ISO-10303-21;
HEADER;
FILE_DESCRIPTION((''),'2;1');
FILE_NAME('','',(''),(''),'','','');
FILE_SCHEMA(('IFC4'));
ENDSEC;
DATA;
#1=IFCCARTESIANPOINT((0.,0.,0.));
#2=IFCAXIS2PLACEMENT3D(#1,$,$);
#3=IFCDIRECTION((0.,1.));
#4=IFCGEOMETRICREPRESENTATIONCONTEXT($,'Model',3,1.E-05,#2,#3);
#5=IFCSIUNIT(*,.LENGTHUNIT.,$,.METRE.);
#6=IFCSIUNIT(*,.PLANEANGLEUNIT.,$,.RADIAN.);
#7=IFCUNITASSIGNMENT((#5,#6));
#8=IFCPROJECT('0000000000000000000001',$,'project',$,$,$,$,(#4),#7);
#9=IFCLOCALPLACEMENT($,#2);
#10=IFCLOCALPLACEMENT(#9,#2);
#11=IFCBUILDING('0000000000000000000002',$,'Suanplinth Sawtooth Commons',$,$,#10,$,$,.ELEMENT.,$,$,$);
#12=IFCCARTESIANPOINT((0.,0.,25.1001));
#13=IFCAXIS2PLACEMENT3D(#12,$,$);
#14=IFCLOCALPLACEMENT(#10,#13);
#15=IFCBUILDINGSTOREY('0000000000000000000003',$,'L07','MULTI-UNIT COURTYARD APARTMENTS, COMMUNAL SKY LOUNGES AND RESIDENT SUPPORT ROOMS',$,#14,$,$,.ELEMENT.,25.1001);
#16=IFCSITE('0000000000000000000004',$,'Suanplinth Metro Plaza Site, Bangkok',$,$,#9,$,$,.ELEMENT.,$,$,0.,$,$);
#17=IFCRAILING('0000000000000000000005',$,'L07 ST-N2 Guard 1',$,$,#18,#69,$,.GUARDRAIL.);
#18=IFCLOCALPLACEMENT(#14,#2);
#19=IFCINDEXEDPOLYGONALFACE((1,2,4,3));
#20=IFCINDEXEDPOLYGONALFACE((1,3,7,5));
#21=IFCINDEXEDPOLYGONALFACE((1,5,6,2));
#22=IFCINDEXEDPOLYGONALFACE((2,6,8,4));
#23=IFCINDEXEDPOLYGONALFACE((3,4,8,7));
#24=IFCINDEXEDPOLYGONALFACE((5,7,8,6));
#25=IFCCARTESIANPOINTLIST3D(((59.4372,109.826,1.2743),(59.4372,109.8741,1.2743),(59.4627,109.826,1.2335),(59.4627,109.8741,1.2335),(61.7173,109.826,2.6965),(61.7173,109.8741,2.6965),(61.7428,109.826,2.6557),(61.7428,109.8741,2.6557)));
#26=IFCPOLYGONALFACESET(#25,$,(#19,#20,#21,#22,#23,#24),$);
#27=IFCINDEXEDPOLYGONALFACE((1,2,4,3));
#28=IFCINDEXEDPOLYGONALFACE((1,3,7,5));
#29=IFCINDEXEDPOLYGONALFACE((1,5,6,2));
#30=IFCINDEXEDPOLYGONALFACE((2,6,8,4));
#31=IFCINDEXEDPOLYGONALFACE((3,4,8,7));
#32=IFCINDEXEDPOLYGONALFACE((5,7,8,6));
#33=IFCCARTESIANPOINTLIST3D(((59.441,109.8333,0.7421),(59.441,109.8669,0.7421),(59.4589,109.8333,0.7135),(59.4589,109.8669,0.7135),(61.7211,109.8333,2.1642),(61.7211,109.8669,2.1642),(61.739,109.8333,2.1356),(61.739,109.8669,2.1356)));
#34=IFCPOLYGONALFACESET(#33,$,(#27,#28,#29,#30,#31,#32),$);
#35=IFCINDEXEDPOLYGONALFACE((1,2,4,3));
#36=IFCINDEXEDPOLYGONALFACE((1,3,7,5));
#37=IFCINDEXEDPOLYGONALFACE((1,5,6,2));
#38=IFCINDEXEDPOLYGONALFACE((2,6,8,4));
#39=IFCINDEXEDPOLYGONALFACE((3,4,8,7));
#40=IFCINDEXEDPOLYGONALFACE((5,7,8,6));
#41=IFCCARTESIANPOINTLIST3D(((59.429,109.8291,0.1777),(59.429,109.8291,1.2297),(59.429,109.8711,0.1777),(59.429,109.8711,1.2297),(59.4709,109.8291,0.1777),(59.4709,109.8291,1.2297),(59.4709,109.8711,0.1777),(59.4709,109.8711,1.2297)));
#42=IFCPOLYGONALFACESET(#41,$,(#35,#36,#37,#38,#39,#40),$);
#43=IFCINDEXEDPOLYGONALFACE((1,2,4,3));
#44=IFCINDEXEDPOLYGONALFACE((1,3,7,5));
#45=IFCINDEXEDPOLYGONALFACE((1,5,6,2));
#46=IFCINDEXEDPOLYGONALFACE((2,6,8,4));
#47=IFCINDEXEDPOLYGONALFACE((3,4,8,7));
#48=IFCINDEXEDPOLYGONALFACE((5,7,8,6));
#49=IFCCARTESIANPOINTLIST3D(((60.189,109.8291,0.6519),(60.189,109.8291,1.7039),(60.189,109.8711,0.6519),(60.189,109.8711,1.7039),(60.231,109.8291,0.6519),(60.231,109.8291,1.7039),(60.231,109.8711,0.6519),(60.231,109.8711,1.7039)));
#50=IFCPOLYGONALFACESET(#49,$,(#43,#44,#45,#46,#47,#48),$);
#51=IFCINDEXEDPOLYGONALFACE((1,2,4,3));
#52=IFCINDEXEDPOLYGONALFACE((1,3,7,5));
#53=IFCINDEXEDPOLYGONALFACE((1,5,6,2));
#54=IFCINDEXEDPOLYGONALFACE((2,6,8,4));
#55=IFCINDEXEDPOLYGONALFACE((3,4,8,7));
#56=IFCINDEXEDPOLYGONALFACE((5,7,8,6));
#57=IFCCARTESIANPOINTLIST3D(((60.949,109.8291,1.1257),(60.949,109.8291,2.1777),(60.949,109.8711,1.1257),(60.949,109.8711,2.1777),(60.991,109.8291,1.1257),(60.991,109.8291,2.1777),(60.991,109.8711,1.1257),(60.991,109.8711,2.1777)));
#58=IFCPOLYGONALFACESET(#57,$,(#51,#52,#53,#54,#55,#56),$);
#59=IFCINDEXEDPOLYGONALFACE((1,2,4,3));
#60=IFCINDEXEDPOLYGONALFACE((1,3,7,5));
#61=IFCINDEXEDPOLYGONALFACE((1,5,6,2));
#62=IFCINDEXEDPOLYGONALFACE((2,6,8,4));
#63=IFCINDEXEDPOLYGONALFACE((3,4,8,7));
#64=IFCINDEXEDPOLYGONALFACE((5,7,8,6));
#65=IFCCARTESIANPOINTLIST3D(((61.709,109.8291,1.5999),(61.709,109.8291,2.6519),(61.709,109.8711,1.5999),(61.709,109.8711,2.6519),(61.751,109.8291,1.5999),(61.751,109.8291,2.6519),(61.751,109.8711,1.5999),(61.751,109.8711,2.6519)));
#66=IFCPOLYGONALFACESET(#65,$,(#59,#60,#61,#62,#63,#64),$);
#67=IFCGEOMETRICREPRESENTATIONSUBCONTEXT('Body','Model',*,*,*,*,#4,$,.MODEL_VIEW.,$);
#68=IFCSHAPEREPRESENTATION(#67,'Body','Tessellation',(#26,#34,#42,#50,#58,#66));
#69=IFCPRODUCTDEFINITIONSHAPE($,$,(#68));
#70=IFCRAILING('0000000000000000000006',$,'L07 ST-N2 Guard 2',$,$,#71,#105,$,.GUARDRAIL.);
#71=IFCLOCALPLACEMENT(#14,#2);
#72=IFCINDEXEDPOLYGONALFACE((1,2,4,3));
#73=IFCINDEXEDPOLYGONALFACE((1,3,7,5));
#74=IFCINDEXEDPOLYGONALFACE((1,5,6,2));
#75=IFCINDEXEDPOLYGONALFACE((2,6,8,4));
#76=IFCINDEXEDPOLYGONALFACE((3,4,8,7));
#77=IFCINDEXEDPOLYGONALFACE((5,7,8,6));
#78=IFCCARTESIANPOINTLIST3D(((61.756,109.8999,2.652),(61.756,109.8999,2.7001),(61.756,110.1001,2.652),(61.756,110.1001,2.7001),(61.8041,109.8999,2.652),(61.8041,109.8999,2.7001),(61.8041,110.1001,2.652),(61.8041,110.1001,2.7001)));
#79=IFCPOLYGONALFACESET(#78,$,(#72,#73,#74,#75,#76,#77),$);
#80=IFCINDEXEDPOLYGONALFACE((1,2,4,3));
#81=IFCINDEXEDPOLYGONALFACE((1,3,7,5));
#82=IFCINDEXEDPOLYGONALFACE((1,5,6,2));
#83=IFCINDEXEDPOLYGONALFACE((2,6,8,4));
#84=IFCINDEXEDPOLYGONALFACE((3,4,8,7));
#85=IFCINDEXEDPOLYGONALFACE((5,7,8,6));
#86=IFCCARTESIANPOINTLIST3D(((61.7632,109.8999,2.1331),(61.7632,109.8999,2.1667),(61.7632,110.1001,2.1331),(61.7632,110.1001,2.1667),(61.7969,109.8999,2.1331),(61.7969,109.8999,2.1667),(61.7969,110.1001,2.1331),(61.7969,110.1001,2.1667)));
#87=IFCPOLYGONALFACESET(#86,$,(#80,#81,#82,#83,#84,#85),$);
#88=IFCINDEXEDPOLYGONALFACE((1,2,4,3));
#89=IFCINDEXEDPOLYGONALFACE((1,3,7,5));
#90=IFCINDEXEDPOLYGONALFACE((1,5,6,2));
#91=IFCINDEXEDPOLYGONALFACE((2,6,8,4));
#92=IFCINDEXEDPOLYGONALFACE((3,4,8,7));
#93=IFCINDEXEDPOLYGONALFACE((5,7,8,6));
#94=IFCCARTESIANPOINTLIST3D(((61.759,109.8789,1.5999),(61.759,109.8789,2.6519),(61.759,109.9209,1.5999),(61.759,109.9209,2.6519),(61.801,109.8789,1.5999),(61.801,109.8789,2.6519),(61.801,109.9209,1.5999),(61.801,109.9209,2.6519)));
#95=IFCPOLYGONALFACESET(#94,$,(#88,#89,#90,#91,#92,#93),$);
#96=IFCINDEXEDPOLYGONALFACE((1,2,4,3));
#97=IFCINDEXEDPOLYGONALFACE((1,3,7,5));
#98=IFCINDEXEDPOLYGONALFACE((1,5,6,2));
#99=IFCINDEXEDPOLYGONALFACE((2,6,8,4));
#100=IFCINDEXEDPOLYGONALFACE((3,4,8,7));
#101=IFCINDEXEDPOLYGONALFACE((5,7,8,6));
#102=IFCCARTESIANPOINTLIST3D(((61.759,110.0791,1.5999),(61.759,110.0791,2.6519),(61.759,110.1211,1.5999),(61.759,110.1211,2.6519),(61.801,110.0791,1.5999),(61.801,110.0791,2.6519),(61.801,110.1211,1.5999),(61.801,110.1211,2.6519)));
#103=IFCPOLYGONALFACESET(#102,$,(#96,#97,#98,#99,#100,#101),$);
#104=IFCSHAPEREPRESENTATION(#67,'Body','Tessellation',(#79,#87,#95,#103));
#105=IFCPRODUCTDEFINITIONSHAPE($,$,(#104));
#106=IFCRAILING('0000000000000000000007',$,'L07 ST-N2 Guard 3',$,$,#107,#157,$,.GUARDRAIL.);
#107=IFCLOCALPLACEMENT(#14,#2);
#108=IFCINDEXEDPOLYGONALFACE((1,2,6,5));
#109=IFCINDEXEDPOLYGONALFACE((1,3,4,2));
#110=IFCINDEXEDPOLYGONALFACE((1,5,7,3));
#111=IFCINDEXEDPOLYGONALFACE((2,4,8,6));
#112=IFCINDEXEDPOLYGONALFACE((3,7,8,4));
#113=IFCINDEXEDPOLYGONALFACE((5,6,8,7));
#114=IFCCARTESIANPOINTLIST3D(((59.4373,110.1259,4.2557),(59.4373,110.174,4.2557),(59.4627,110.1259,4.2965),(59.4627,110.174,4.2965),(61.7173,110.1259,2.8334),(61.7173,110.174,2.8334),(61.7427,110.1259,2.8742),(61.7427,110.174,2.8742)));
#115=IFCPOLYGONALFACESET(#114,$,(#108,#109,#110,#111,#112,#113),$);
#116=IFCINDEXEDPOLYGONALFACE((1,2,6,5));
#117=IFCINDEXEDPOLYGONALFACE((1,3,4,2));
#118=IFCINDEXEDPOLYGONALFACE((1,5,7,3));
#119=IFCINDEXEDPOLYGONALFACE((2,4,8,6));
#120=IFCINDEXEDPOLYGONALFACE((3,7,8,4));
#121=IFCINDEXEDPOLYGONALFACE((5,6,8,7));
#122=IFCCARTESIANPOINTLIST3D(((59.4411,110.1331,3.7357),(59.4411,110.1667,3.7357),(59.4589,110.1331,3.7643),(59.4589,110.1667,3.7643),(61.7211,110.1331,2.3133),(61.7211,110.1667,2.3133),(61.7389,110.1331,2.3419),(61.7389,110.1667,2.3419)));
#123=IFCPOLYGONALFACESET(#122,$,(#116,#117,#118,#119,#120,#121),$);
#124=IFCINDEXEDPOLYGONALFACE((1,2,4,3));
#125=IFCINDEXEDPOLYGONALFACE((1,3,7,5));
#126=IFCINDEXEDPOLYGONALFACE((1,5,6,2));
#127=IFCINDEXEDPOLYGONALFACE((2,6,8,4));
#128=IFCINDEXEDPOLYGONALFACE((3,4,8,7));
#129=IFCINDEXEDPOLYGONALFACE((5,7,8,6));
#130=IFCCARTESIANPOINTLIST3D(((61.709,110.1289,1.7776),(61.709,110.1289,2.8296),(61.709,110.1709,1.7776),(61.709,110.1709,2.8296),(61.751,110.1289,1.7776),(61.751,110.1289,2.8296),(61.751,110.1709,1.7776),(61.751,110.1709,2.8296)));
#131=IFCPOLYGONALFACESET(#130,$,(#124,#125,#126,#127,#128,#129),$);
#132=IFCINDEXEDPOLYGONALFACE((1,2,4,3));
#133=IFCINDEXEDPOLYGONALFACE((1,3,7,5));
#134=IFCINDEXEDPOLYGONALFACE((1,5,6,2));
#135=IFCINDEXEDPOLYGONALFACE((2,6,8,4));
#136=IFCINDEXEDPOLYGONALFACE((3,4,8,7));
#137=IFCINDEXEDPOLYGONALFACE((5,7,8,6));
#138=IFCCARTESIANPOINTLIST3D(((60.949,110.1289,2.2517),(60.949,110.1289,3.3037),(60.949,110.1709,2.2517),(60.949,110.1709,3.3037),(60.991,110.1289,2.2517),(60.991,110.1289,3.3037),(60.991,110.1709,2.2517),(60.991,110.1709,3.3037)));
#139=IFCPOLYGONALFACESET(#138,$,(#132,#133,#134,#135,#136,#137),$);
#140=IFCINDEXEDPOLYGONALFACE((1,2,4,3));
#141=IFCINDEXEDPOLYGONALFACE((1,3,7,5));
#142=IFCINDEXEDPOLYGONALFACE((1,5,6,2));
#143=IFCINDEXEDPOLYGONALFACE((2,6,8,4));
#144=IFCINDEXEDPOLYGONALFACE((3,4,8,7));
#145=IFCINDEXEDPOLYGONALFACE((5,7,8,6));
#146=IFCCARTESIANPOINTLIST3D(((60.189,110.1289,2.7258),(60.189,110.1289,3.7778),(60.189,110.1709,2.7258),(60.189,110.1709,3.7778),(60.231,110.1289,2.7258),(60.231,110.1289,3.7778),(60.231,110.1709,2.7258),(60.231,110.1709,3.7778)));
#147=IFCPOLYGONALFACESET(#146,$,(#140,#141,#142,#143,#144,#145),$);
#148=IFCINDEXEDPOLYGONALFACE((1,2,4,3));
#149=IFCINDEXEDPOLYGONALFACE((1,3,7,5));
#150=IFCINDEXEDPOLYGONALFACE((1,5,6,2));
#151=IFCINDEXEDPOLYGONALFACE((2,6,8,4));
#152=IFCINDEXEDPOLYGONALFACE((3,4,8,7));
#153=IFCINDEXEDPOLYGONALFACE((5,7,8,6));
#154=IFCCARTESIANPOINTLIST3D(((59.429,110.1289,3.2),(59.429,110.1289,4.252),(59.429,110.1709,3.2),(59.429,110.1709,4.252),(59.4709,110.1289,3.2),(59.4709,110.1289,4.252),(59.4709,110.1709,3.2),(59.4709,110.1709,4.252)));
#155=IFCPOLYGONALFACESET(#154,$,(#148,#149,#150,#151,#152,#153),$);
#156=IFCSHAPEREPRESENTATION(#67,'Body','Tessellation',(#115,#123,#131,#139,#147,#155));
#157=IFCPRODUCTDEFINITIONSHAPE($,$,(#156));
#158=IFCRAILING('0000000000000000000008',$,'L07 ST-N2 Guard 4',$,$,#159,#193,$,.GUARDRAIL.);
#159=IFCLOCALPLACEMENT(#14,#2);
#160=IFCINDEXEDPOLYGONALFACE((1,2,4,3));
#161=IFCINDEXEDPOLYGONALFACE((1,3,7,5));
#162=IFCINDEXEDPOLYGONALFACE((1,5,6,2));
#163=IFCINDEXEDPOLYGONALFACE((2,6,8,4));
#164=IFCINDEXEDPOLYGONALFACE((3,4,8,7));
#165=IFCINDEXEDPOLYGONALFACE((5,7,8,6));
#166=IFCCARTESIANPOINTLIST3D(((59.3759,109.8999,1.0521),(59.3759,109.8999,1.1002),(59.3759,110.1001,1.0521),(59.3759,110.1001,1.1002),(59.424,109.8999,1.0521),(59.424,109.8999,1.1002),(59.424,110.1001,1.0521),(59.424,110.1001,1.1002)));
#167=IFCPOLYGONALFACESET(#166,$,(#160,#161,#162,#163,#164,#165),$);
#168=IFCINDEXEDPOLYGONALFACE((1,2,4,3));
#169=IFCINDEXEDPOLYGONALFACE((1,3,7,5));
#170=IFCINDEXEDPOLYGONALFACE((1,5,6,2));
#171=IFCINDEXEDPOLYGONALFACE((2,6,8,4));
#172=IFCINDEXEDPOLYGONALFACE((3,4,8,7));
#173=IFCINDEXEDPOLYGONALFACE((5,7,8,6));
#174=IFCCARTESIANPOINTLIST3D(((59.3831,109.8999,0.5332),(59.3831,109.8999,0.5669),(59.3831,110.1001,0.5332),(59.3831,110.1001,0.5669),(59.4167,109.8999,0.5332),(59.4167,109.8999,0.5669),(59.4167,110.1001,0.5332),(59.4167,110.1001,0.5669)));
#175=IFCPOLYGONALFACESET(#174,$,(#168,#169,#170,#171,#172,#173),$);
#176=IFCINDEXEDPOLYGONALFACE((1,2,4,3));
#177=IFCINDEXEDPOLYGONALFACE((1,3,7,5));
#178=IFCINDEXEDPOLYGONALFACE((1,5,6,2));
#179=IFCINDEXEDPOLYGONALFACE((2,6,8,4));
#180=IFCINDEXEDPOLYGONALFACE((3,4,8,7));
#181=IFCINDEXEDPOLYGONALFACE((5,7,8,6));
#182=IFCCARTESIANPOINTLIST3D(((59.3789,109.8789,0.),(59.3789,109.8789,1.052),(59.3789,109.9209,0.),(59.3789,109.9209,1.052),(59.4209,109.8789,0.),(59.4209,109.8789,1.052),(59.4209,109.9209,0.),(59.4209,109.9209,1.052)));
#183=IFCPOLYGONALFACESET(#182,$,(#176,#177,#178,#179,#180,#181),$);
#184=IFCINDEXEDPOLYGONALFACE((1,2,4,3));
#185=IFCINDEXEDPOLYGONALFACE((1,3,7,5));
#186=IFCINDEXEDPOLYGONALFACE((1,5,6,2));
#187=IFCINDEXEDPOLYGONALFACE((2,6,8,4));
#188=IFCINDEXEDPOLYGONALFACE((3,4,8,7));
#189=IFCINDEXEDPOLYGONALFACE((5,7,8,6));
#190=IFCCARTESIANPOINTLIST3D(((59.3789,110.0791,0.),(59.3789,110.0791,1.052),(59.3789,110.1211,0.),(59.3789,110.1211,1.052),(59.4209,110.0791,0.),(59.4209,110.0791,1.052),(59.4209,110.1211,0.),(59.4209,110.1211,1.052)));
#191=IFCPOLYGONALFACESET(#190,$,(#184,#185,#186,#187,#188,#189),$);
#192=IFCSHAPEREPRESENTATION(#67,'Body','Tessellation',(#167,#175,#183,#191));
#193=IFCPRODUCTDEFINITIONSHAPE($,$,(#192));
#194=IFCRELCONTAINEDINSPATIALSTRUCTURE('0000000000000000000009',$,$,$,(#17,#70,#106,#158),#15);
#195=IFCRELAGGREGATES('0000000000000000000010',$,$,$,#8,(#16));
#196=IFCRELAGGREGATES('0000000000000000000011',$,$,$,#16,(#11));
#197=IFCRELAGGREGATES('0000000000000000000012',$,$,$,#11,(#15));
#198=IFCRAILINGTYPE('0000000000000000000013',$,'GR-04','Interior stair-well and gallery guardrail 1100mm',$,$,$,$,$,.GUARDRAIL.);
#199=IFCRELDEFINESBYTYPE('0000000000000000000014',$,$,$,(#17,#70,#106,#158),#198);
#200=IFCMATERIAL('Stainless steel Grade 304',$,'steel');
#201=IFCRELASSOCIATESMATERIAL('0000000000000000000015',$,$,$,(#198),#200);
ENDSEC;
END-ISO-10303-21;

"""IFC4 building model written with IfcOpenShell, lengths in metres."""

from ifc_helpers import new_model, si_unit, direction, frame, origin, origin_2d, place, context, subcontext, project, spatial, rectangle, extrude, material, type_object, element, save


model = new_model("IFC4")

# Units and contexts
model_context = context("Model", 3, precision=1e-05, world=origin(), true_north=direction((0.0, 1.0)))
body_context = subcontext(model_context, "Body", "Model", "MODEL_VIEW")
ifc_project = project(units=[si_unit("LENGTHUNIT", "METRE"), si_unit("PLANEANGLEUNIT", "RADIAN")], contexts=[model_context])

# Site, building, storey
site_placement = place(None, origin())
site = spatial("IfcSite", under=ifc_project, at=site_placement, Name="Suanplinth Metro Plaza Site, Bangkok", CompositionType="ELEMENT", RefElevation=0.0)
building_placement = place(site_placement, origin())
building = spatial("IfcBuilding", under=site, at=building_placement, Name="Suanplinth Sawtooth Commons", CompositionType="ELEMENT")
storey_placement = place(building_placement, frame((0.0, 0.0, 25.1001)))
storey = spatial("IfcBuildingStorey", under=building, at=storey_placement, Name="L07", Description="MULTI-UNIT COURTYARD APARTMENTS, COMMUNAL SKY LOUNGES AND RESIDENT SUPPORT ROOMS", CompositionType="ELEMENT", Elevation=25.1001)

# Shared definitions
ifc_material_1 = material(Name="Stainless steel Grade 304", Category="steel")

# Railings
railing_type_1 = type_object("IfcRailingType", Name="GR-04", Description="Interior stair-well and gallery guardrail 1100mm", PredefinedType="GUARDRAIL", material=ifc_material_1)
railing_1_placement = place(storey_placement, frame((59.45, 109.8501, 0.1777)))
element("IfcRailing", 1, at=railing_1_placement, inside=storey, type_object=railing_type_1, Name="L07 ST-N2 Guard 1", PredefinedType="GUARDRAIL", context=body_context, shape_type="SweptSolid", body=[
    extrude(rectangle(XDim=0.0481, YDim=0.0481, at=origin_2d()), frame((0.0, 0.0, 1.0762), z_axis=(0.848483, 0.0, 0.529223), x_axis=(0.0, 1.0, 0.0)), (0.0, 0.0, 1.0), 2.6873),
    extrude(rectangle(XDim=0.0337, YDim=0.0337, at=origin_2d()), frame((0.0, 0.0, 0.55), z_axis=(0.848483, 0.0, 0.529223), x_axis=(0.0, 1.0, 0.0)), (0.0, 0.0, 1.0), 2.6873),
    extrude(rectangle(XDim=0.042, YDim=0.042, at=origin_2d()), origin(), (0.0, 0.0, 1.0), 1.052),
    extrude(rectangle(XDim=0.042, YDim=0.042, at=origin_2d()), frame((0.76, 0.0, 0.4741)), (0.0, 0.0, 1.0), 1.052),
    extrude(rectangle(XDim=0.042, YDim=0.042, at=origin_2d()), frame((1.52, 0.0, 0.948)), (0.0, 0.0, 1.0), 1.052),
    extrude(rectangle(XDim=0.042, YDim=0.042, at=origin_2d()), frame((2.28, 0.0, 1.4221)), (0.0, 0.0, 1.0), 1.052),
])
railing_2_placement = place(storey_placement, frame((61.78, 109.8999, 1.5999)))
element("IfcRailing", 2, at=railing_2_placement, inside=storey, type_object=railing_type_1, Name="L07 ST-N2 Guard 2", PredefinedType="GUARDRAIL", context=body_context, shape_type="SweptSolid", body=[
    extrude(rectangle(XDim=0.0481, YDim=0.0481, at=origin_2d()), frame((0.0, 0.0, 1.0762), z_axis=(0.0, 1.0, 0.0), x_axis=(-1.0, 0.0, 0.0)), (0.0, 0.0, 1.0), 0.2002),
    extrude(rectangle(XDim=0.0337, YDim=0.0337, at=origin_2d()), frame((0.0, 0.0, 0.55), z_axis=(0.0, 1.0, 0.0), x_axis=(-1.0, 0.0, 0.0)), (0.0, 0.0, 1.0), 0.2002),
    extrude(rectangle(XDim=0.042, YDim=0.042, at=origin_2d()), origin(), (0.0, 0.0, 1.0), 1.052),
    extrude(rectangle(XDim=0.042, YDim=0.042, at=origin_2d()), frame((0.0, 0.2002, 0.0)), (0.0, 0.0, 1.0), 1.052),
])
railing_3_placement = place(storey_placement, frame((61.73, 110.1499, 1.7776)))
element("IfcRailing", 3, at=railing_3_placement, inside=storey, type_object=railing_type_1, Name="L07 ST-N2 Guard 3", PredefinedType="GUARDRAIL", context=body_context, shape_type="SweptSolid", body=[
    extrude(rectangle(XDim=0.0481, YDim=0.0481, at=origin_2d()), frame((0.0, 0.0, 1.0762), z_axis=(-0.848442, 0.0, 0.529288), x_axis=(0.0, -1.0, 0.0)), (0.0, 0.0, 1.0), 2.6873),
    extrude(rectangle(XDim=0.0337, YDim=0.0337, at=origin_2d()), frame((0.0, 0.0, 0.55), z_axis=(-0.848442, 0.0, 0.529288), x_axis=(0.0, -1.0, 0.0)), (0.0, 0.0, 1.0), 2.6873),
    extrude(rectangle(XDim=0.042, YDim=0.042, at=origin_2d()), origin(), (0.0, 0.0, 1.0), 1.052),
    extrude(rectangle(XDim=0.042, YDim=0.042, at=origin_2d()), frame((-0.76, 0.0, 0.4741)), (0.0, 0.0, 1.0), 1.052),
    extrude(rectangle(XDim=0.042, YDim=0.042, at=origin_2d()), frame((-1.52, 0.0, 0.9482)), (0.0, 0.0, 1.0), 1.052),
    extrude(rectangle(XDim=0.042, YDim=0.042, at=origin_2d()), frame((-2.28, 0.0, 1.4224)), (0.0, 0.0, 1.0), 1.052),
])
railing_4_placement = place(storey_placement, frame((59.3999, 109.8999, 0.0)))
element("IfcRailing", 4, at=railing_4_placement, inside=storey, type_object=railing_type_1, Name="L07 ST-N2 Guard 4", PredefinedType="GUARDRAIL", context=body_context, shape_type="SweptSolid", body=[
    extrude(rectangle(XDim=0.0481, YDim=0.0481, at=origin_2d()), frame((0.0, 0.0, 1.0762), z_axis=(0.0, 1.0, 0.0), x_axis=(-1.0, 0.0, 0.0)), (0.0, 0.0, 1.0), 0.2002),
    extrude(rectangle(XDim=0.0337, YDim=0.0337, at=origin_2d()), frame((0.0, 0.0, 0.55), z_axis=(0.0, 1.0, 0.0), x_axis=(-1.0, 0.0, 0.0)), (0.0, 0.0, 1.0), 0.2002),
    extrude(rectangle(XDim=0.042, YDim=0.042, at=origin_2d()), origin(), (0.0, 0.0, 1.0), 1.052),
    extrude(rectangle(XDim=0.042, YDim=0.042, at=origin_2d()), frame((0.0, 0.2002, 0.0)), (0.0, 0.0, 1.0), 1.052),
])

save(model, "model.ifc")
